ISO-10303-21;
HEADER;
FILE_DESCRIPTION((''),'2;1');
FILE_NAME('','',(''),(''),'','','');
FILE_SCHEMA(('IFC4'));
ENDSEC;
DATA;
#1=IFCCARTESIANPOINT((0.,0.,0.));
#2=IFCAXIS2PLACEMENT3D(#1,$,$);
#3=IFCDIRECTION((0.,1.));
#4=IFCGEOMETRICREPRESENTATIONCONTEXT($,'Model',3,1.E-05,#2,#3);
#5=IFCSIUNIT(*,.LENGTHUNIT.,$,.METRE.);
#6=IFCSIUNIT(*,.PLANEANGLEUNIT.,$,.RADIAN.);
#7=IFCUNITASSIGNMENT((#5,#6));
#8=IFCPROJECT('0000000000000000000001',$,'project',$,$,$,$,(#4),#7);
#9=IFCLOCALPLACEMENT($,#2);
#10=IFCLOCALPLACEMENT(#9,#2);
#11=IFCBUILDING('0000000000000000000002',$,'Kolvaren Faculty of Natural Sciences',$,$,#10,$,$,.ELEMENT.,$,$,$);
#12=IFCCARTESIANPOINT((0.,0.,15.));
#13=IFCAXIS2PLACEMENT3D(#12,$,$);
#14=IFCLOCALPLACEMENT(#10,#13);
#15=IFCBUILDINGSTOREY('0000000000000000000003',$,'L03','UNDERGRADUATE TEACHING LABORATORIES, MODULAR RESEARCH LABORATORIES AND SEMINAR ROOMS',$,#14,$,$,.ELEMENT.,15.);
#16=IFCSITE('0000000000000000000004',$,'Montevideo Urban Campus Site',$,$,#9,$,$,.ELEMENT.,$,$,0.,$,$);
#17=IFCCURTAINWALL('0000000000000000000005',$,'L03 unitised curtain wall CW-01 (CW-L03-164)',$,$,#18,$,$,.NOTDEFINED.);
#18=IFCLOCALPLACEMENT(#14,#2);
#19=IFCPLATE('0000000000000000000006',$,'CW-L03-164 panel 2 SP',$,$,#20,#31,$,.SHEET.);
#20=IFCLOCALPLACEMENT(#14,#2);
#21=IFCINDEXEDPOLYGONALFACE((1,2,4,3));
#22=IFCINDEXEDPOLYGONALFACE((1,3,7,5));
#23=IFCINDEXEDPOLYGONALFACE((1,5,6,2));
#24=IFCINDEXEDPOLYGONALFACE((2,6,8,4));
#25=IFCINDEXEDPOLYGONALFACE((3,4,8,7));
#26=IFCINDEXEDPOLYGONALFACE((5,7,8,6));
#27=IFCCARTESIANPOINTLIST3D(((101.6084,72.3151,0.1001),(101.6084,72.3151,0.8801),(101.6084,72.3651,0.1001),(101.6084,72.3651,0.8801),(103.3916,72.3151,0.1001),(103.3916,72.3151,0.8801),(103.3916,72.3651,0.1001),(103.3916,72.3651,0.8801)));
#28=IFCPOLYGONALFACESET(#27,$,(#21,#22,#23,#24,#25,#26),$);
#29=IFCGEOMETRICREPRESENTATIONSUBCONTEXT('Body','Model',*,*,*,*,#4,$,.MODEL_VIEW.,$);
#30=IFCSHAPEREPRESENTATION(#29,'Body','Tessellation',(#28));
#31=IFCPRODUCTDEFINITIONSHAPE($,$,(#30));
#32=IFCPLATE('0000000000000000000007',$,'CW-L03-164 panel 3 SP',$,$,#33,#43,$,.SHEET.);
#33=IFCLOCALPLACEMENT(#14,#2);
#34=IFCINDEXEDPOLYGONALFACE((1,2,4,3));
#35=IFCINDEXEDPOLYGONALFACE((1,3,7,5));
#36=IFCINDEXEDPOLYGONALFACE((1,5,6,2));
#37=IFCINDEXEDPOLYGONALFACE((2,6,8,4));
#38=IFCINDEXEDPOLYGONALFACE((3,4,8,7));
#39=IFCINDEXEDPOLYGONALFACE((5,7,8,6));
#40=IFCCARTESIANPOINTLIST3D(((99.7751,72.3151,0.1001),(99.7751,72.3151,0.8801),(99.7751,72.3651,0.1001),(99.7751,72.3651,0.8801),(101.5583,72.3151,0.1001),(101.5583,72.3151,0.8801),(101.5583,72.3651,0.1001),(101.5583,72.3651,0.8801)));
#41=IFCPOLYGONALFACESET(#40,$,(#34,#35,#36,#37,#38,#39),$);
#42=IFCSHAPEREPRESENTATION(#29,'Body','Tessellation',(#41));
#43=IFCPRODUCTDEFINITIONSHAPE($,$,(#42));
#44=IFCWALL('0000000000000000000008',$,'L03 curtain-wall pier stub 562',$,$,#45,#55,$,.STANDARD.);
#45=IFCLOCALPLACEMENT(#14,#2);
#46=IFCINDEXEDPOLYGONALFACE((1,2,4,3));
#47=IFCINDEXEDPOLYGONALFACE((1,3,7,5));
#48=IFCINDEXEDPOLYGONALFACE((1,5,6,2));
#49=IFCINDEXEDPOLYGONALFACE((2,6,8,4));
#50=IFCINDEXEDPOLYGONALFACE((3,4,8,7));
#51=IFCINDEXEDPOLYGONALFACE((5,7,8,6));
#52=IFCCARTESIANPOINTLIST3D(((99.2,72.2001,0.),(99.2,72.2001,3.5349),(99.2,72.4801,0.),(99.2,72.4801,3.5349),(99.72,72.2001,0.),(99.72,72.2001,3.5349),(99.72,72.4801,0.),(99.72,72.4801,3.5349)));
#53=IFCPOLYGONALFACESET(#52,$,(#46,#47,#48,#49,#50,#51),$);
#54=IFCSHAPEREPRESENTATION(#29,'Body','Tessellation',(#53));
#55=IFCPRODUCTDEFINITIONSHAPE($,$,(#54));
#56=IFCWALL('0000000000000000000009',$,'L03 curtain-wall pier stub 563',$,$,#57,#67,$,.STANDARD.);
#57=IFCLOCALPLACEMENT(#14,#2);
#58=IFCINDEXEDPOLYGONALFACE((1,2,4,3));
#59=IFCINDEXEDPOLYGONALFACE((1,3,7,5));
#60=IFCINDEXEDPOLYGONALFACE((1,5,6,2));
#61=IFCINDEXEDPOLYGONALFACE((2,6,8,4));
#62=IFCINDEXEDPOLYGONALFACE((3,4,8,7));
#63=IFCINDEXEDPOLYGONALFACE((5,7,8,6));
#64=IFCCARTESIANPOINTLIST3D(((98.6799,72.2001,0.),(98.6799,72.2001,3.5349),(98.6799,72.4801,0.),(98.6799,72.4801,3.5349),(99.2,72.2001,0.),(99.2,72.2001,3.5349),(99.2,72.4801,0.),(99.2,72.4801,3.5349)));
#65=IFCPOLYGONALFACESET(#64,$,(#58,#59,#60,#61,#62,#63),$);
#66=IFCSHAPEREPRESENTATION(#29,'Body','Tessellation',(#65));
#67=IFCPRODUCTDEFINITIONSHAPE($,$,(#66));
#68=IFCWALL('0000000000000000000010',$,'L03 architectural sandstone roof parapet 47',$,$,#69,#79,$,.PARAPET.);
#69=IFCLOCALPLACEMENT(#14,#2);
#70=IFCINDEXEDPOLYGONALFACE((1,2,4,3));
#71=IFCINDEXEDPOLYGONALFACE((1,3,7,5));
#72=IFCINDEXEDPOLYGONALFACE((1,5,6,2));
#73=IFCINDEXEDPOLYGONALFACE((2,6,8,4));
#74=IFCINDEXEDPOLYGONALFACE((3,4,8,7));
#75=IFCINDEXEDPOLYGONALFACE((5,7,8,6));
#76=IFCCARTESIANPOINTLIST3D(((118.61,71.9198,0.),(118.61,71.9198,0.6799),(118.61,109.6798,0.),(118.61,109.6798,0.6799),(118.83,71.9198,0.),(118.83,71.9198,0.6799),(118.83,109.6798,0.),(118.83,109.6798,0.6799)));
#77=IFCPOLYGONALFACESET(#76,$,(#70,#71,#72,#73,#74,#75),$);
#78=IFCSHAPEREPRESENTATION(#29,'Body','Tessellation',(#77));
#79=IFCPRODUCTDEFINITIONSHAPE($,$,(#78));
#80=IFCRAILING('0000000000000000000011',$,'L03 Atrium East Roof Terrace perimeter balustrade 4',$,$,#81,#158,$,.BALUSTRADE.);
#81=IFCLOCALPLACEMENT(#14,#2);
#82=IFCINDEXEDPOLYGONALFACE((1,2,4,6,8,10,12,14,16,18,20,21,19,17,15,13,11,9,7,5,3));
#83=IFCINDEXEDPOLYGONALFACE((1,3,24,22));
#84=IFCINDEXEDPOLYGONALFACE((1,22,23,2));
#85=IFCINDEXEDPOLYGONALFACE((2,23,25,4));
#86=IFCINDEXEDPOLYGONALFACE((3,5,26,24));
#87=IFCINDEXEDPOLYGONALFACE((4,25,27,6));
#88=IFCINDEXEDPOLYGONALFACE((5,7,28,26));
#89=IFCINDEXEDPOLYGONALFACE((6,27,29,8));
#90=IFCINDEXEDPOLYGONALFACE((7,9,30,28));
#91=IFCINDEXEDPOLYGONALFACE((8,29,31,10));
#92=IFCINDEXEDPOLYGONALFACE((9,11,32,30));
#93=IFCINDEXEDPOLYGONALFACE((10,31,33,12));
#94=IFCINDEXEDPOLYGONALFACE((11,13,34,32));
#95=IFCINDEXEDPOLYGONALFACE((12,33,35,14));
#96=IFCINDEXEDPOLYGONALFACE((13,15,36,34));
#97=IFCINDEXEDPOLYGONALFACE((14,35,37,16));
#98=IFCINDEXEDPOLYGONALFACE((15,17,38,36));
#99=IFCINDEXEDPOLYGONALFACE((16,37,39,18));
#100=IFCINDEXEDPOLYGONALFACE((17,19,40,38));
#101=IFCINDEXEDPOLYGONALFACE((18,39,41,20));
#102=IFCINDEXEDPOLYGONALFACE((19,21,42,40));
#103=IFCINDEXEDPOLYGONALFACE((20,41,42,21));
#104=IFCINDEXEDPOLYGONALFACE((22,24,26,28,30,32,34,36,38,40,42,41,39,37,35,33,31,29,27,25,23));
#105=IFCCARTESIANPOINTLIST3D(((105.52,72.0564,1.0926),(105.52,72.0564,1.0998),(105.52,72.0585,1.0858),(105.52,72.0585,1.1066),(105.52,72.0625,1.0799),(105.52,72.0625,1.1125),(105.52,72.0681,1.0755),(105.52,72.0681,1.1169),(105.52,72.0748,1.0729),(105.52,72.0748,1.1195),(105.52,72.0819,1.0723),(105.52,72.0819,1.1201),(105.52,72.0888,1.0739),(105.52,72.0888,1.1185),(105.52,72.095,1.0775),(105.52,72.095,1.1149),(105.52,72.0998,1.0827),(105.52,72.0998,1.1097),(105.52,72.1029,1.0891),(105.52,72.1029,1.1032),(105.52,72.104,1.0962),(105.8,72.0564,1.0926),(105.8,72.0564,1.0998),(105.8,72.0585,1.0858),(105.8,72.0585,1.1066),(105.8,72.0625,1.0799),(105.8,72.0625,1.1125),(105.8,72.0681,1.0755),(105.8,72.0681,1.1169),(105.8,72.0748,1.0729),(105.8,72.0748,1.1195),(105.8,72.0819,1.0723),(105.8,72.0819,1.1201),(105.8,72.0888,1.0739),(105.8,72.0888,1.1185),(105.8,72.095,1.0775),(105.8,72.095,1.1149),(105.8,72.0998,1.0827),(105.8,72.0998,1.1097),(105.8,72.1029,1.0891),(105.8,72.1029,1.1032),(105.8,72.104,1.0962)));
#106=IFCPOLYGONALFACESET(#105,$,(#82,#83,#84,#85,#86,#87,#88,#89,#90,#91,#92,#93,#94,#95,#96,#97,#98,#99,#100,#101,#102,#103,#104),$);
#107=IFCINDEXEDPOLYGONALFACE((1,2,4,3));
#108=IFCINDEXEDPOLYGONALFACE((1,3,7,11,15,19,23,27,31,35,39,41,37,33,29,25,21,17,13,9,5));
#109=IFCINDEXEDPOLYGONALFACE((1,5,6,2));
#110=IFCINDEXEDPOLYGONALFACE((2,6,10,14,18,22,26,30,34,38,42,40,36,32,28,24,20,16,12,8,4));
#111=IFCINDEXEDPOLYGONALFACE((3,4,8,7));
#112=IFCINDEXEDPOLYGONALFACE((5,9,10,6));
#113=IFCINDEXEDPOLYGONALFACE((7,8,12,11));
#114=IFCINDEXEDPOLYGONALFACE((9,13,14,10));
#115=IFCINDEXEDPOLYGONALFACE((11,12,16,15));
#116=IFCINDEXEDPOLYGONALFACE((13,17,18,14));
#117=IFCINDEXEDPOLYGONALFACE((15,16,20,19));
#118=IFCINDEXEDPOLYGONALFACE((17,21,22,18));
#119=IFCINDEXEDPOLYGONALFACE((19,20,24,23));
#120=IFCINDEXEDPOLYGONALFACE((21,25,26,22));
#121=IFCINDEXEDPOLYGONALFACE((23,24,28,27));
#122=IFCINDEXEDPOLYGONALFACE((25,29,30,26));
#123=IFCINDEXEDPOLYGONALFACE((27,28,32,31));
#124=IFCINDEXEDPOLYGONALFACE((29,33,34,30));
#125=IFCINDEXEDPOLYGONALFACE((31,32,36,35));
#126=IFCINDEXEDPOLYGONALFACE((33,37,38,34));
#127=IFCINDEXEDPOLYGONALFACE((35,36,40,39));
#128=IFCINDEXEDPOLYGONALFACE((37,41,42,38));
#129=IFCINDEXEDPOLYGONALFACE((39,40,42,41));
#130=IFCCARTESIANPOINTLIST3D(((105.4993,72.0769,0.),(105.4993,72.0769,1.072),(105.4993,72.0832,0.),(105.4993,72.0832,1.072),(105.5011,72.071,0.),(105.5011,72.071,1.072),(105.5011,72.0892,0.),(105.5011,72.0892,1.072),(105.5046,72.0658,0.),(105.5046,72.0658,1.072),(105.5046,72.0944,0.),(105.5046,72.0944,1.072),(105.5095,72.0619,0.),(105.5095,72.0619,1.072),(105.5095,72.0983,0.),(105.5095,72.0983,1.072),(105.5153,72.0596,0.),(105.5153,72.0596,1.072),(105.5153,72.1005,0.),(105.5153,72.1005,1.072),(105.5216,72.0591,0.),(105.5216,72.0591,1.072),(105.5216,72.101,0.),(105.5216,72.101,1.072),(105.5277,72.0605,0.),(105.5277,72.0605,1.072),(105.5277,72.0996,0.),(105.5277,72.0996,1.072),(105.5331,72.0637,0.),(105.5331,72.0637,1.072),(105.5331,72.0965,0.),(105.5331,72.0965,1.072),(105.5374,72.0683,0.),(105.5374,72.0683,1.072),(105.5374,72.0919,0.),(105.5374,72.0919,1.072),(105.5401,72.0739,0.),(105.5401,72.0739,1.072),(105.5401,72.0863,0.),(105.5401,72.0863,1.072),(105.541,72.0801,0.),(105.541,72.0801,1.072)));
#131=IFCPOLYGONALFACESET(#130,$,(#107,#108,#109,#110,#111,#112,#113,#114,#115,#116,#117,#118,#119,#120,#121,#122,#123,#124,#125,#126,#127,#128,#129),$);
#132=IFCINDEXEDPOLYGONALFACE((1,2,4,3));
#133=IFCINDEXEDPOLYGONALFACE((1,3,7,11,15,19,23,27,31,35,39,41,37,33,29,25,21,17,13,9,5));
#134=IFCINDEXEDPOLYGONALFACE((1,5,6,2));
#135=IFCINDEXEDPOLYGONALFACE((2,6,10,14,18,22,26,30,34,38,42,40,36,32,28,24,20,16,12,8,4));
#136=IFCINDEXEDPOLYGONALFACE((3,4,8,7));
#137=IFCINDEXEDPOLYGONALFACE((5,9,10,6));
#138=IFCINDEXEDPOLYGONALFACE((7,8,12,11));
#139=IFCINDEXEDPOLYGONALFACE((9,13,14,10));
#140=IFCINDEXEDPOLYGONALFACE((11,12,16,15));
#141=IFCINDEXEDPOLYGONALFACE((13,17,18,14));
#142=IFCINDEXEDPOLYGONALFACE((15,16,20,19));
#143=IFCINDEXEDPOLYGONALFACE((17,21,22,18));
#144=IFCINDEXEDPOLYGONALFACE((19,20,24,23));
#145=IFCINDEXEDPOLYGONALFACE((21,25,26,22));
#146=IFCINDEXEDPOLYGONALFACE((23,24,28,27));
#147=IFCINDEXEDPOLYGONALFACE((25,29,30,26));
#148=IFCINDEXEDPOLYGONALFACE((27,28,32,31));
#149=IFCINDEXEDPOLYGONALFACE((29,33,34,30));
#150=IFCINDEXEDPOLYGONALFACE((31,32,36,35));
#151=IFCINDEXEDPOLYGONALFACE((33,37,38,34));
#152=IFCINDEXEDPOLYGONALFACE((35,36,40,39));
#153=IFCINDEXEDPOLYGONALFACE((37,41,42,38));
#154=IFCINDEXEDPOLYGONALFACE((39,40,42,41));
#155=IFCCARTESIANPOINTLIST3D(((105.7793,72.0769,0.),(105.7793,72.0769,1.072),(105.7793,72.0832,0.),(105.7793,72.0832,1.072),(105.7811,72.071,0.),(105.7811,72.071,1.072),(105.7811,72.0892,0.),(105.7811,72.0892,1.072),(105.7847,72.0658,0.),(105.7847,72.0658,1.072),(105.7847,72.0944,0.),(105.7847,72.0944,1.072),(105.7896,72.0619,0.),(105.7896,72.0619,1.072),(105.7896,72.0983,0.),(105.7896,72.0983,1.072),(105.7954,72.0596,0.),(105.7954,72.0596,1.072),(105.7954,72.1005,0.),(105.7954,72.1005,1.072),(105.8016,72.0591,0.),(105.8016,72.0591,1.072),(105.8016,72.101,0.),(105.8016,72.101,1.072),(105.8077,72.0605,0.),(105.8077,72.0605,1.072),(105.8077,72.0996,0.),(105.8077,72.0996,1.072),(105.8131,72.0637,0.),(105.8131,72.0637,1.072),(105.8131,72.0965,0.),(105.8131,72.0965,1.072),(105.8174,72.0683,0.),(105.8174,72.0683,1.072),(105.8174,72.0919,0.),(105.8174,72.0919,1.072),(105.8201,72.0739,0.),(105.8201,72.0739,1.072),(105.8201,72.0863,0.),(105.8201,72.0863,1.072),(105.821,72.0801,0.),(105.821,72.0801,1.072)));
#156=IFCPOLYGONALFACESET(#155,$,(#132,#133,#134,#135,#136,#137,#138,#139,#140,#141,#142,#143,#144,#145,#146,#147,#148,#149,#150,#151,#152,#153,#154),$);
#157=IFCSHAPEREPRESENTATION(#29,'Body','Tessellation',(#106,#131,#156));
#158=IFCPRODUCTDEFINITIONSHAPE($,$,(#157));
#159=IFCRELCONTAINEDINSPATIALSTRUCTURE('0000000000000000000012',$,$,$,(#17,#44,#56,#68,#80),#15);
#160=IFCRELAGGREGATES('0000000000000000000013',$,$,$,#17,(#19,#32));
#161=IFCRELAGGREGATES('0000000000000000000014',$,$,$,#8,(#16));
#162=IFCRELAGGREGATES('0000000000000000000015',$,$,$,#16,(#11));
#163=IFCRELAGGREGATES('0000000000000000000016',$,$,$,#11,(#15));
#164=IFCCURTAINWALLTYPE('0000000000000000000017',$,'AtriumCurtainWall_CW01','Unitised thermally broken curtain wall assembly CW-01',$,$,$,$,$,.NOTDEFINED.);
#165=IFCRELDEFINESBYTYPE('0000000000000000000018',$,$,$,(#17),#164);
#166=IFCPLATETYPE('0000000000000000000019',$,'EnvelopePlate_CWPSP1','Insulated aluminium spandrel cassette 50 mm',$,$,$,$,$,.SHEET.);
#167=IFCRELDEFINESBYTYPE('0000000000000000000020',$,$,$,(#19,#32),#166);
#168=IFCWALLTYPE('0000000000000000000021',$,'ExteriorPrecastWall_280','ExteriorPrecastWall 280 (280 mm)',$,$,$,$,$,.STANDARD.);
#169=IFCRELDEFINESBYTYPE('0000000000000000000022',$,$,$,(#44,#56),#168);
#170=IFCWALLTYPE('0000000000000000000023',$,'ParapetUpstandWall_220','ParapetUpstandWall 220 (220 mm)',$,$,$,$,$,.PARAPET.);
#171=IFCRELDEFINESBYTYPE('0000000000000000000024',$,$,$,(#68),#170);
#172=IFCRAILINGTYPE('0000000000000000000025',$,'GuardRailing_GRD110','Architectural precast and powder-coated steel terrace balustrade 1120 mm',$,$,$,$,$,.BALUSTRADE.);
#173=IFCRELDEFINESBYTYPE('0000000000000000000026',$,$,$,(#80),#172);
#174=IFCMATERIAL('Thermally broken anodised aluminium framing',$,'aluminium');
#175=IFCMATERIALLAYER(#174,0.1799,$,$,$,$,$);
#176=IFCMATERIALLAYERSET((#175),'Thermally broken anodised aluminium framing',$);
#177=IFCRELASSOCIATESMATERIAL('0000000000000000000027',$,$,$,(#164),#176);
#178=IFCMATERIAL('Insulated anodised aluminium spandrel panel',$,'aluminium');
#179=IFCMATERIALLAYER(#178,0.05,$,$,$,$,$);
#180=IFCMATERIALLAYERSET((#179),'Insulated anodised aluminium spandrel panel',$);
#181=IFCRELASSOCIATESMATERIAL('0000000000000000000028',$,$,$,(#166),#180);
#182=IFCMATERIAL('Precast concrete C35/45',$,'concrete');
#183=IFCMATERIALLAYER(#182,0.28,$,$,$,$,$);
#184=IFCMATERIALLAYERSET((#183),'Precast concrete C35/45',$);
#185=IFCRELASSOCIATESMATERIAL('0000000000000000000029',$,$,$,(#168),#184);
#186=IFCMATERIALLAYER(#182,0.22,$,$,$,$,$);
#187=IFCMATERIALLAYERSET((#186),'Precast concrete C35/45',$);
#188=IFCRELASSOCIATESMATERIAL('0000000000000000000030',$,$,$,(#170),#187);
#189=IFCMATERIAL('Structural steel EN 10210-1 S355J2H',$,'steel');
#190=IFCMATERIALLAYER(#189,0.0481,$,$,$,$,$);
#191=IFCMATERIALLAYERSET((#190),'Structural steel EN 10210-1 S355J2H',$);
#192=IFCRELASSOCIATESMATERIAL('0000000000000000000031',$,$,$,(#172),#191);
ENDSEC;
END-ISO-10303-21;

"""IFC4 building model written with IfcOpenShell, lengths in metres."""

from ifc_helpers import new_model, si_unit, direction, frame, frame_2d, origin, origin_2d, place, context, subcontext, project, spatial, rectangle, circle, extrude, material, layer, layer_set, type_object, element, aggregate, save


model = new_model("IFC4")

# Units and contexts
model_context = context("Model", 3, precision=1e-05, world=origin(), true_north=direction((0.0, 1.0)))
body_context = subcontext(model_context, "Body", "Model", "MODEL_VIEW")
ifc_project = project(units=[si_unit("LENGTHUNIT", "METRE"), si_unit("PLANEANGLEUNIT", "RADIAN")], contexts=[model_context])

# Site, building, storey
site_placement = place(None, origin())
site = spatial("IfcSite", under=ifc_project, at=site_placement, Name="Montevideo Urban Campus Site", CompositionType="ELEMENT", RefElevation=0.0)
building_placement = place(site_placement, origin())
building = spatial("IfcBuilding", under=site, at=building_placement, Name="Kolvaren Faculty of Natural Sciences", CompositionType="ELEMENT")
storey_placement = place(building_placement, frame((0.0, 0.0, 15.0)))
storey = spatial("IfcBuildingStorey", under=building, at=storey_placement, Name="L03", Description="UNDERGRADUATE TEACHING LABORATORIES, MODULAR RESEARCH LABORATORIES AND SEMINAR ROOMS", CompositionType="ELEMENT", Elevation=15.0)

# Curtain wall
ifc_material_1 = material(Name="Thermally broken anodised aluminium framing", Category="aluminium")
ifc_layer_1 = layer(ifc_material_1, 0.1799)
ifc_layer_set_1 = layer_set([ifc_layer_1], Name="Thermally broken anodised aluminium framing")
curtain_wall_type = type_object("IfcCurtainWallType", Name="AtriumCurtainWall_CW01", Description="Unitised thermally broken curtain wall assembly CW-01", PredefinedType="NOTDEFINED", material=ifc_layer_set_1)
curtain_wall_1_placement = place(storey_placement, origin())
curtain_wall_1 = element("IfcCurtainWall", 1, at=curtain_wall_1_placement, inside=storey, type_object=curtain_wall_type, Name="L03 unitised curtain wall CW-01 (CW-L03-164)", PredefinedType="NOTDEFINED")

# Plates
ifc_material_2 = material(Name="Insulated anodised aluminium spandrel panel", Category="aluminium")
ifc_layer_2 = layer(ifc_material_2, 0.05)
ifc_layer_set_2 = layer_set([ifc_layer_2], Name="Insulated anodised aluminium spandrel panel")
plate_type_1 = type_object("IfcPlateType", Name="EnvelopePlate_CWPSP1", Description="Insulated aluminium spandrel cassette 50 mm", PredefinedType="SHEET", material=ifc_layer_set_2)
plate_1_placement = place(storey_placement, frame((102.5, 72.3401, 0.1001), z_axis=(0.0, 0.0, 1.0), x_axis=(-1.0, 0.0, 0.0)))
plate_1 = element("IfcPlate", 2, at=plate_1_placement, type_object=plate_type_1, Name="CW-L03-164 panel 2 SP", PredefinedType="SHEET", context=body_context, shape_type="SweptSolid", body=[
    extrude(rectangle(XDim=1.7832, YDim=0.05, at=origin_2d()), origin(), (0.0, 0.0, 1.0), 0.78),
])
plate_2_placement = place(storey_placement, frame((100.6667, 72.3401, 0.1001), z_axis=(0.0, 0.0, 1.0), x_axis=(-1.0, 0.0, 0.0)))
plate_2 = element("IfcPlate", 3, at=plate_2_placement, type_object=plate_type_1, Name="CW-L03-164 panel 3 SP", PredefinedType="SHEET", context=body_context, shape_type="SweptSolid", body=[
    extrude(rectangle(XDim=1.7832, YDim=0.05, at=origin_2d()), origin(), (0.0, 0.0, 1.0), 0.78),
])
aggregate(curtain_wall_1, [plate_1, plate_2])

# Walls
ifc_material_3 = material(Name="Precast concrete C35/45", Category="concrete")
ifc_layer_3 = layer(ifc_material_3, 0.28)
ifc_layer_set_3 = layer_set([ifc_layer_3], Name="Precast concrete C35/45")
wall_type_1 = type_object("IfcWallType", Name="ExteriorPrecastWall_280", Description="ExteriorPrecastWall 280 (280 mm)", PredefinedType="STANDARD", material=ifc_layer_set_3)
for number, where, z_axis, x_axis, name in (
    (4, (99.72, 72.3401, 0.0), (0.0, 0.0, 1.0), (-1.0, 0.0, 0.0), "L03 curtain-wall pier stub 562"),
    (5, (99.2, 72.3401, 0.0), (0.0, 0.0, 1.0), (-1.0, 0.0, 0.0), "L03 curtain-wall pier stub 563"),
):
    element("IfcWall", number, at=place(storey_placement, frame(where, z_axis=z_axis, x_axis=x_axis)), inside=storey, type_object=wall_type_1, Name=name, PredefinedType="STANDARD", context=body_context, shape_type="SweptSolid", body=[
        extrude(rectangle(XDim=0.52, YDim=0.28, at=frame_2d((0.26, 0.0))), origin(), (0.0, 0.0, 1.0), 3.5349),
    ])
ifc_layer_4 = layer(ifc_material_3, 0.22)
ifc_layer_set_4 = layer_set([ifc_layer_4], Name="Precast concrete C35/45")
wall_type_2 = type_object("IfcWallType", Name="ParapetUpstandWall_220", Description="ParapetUpstandWall 220 (220 mm)", PredefinedType="PARAPET", material=ifc_layer_set_4)
wall_placement = place(storey_placement, frame((118.72, 71.9199, 0.0), z_axis=(0.0, 0.0, 1.0), x_axis=(0.0, 1.0, 0.0)))
element("IfcWall", 6, at=wall_placement, inside=storey, type_object=wall_type_2, Name="L03 architectural sandstone roof parapet 47", PredefinedType="PARAPET", context=body_context, shape_type="SweptSolid", body=[
    extrude(rectangle(XDim=37.76, YDim=0.22, at=frame_2d((18.8799, 0.0))), origin(), (0.0, 0.0, 1.0), 0.6799),
])

# Railing
ifc_material_4 = material(Name="Structural steel EN 10210-1 S355J2H", Category="steel")
ifc_layer_5 = layer(ifc_material_4, 0.0481)
ifc_layer_set_5 = layer_set([ifc_layer_5], Name="Structural steel EN 10210-1 S355J2H")
railing_type = type_object("IfcRailingType", Name="GuardRailing_GRD110", Description="Architectural precast and powder-coated steel terrace balustrade 1120 mm", PredefinedType="BALUSTRADE", material=ifc_layer_set_5)
railing_1_placement = place(storey_placement, frame((105.52, 72.0801, 0.0)))
element("IfcRailing", 7, at=railing_1_placement, inside=storey, type_object=railing_type, Name="L03 Atrium East Roof Terrace perimeter balustrade 4", PredefinedType="BALUSTRADE", context=body_context, shape_type="SweptSolid", body=[
    extrude(circle(Radius=0.0239, at=origin_2d()), frame((0.0, 0.0, 1.0962), z_axis=(1.0, 0.0, 0.0), x_axis=(0.0, 1.0, 0.0)), (0.0, 0.0, 1.0), 0.28),
    extrude(circle(Radius=0.021, at=origin_2d()), origin(), (0.0, 0.0, 1.0), 1.072),
    extrude(circle(Radius=0.021, at=origin_2d()), frame((0.28, 0.0, 0.0)), (0.0, 0.0, 1.0), 1.072),
])

save(model, "model.ifc")
